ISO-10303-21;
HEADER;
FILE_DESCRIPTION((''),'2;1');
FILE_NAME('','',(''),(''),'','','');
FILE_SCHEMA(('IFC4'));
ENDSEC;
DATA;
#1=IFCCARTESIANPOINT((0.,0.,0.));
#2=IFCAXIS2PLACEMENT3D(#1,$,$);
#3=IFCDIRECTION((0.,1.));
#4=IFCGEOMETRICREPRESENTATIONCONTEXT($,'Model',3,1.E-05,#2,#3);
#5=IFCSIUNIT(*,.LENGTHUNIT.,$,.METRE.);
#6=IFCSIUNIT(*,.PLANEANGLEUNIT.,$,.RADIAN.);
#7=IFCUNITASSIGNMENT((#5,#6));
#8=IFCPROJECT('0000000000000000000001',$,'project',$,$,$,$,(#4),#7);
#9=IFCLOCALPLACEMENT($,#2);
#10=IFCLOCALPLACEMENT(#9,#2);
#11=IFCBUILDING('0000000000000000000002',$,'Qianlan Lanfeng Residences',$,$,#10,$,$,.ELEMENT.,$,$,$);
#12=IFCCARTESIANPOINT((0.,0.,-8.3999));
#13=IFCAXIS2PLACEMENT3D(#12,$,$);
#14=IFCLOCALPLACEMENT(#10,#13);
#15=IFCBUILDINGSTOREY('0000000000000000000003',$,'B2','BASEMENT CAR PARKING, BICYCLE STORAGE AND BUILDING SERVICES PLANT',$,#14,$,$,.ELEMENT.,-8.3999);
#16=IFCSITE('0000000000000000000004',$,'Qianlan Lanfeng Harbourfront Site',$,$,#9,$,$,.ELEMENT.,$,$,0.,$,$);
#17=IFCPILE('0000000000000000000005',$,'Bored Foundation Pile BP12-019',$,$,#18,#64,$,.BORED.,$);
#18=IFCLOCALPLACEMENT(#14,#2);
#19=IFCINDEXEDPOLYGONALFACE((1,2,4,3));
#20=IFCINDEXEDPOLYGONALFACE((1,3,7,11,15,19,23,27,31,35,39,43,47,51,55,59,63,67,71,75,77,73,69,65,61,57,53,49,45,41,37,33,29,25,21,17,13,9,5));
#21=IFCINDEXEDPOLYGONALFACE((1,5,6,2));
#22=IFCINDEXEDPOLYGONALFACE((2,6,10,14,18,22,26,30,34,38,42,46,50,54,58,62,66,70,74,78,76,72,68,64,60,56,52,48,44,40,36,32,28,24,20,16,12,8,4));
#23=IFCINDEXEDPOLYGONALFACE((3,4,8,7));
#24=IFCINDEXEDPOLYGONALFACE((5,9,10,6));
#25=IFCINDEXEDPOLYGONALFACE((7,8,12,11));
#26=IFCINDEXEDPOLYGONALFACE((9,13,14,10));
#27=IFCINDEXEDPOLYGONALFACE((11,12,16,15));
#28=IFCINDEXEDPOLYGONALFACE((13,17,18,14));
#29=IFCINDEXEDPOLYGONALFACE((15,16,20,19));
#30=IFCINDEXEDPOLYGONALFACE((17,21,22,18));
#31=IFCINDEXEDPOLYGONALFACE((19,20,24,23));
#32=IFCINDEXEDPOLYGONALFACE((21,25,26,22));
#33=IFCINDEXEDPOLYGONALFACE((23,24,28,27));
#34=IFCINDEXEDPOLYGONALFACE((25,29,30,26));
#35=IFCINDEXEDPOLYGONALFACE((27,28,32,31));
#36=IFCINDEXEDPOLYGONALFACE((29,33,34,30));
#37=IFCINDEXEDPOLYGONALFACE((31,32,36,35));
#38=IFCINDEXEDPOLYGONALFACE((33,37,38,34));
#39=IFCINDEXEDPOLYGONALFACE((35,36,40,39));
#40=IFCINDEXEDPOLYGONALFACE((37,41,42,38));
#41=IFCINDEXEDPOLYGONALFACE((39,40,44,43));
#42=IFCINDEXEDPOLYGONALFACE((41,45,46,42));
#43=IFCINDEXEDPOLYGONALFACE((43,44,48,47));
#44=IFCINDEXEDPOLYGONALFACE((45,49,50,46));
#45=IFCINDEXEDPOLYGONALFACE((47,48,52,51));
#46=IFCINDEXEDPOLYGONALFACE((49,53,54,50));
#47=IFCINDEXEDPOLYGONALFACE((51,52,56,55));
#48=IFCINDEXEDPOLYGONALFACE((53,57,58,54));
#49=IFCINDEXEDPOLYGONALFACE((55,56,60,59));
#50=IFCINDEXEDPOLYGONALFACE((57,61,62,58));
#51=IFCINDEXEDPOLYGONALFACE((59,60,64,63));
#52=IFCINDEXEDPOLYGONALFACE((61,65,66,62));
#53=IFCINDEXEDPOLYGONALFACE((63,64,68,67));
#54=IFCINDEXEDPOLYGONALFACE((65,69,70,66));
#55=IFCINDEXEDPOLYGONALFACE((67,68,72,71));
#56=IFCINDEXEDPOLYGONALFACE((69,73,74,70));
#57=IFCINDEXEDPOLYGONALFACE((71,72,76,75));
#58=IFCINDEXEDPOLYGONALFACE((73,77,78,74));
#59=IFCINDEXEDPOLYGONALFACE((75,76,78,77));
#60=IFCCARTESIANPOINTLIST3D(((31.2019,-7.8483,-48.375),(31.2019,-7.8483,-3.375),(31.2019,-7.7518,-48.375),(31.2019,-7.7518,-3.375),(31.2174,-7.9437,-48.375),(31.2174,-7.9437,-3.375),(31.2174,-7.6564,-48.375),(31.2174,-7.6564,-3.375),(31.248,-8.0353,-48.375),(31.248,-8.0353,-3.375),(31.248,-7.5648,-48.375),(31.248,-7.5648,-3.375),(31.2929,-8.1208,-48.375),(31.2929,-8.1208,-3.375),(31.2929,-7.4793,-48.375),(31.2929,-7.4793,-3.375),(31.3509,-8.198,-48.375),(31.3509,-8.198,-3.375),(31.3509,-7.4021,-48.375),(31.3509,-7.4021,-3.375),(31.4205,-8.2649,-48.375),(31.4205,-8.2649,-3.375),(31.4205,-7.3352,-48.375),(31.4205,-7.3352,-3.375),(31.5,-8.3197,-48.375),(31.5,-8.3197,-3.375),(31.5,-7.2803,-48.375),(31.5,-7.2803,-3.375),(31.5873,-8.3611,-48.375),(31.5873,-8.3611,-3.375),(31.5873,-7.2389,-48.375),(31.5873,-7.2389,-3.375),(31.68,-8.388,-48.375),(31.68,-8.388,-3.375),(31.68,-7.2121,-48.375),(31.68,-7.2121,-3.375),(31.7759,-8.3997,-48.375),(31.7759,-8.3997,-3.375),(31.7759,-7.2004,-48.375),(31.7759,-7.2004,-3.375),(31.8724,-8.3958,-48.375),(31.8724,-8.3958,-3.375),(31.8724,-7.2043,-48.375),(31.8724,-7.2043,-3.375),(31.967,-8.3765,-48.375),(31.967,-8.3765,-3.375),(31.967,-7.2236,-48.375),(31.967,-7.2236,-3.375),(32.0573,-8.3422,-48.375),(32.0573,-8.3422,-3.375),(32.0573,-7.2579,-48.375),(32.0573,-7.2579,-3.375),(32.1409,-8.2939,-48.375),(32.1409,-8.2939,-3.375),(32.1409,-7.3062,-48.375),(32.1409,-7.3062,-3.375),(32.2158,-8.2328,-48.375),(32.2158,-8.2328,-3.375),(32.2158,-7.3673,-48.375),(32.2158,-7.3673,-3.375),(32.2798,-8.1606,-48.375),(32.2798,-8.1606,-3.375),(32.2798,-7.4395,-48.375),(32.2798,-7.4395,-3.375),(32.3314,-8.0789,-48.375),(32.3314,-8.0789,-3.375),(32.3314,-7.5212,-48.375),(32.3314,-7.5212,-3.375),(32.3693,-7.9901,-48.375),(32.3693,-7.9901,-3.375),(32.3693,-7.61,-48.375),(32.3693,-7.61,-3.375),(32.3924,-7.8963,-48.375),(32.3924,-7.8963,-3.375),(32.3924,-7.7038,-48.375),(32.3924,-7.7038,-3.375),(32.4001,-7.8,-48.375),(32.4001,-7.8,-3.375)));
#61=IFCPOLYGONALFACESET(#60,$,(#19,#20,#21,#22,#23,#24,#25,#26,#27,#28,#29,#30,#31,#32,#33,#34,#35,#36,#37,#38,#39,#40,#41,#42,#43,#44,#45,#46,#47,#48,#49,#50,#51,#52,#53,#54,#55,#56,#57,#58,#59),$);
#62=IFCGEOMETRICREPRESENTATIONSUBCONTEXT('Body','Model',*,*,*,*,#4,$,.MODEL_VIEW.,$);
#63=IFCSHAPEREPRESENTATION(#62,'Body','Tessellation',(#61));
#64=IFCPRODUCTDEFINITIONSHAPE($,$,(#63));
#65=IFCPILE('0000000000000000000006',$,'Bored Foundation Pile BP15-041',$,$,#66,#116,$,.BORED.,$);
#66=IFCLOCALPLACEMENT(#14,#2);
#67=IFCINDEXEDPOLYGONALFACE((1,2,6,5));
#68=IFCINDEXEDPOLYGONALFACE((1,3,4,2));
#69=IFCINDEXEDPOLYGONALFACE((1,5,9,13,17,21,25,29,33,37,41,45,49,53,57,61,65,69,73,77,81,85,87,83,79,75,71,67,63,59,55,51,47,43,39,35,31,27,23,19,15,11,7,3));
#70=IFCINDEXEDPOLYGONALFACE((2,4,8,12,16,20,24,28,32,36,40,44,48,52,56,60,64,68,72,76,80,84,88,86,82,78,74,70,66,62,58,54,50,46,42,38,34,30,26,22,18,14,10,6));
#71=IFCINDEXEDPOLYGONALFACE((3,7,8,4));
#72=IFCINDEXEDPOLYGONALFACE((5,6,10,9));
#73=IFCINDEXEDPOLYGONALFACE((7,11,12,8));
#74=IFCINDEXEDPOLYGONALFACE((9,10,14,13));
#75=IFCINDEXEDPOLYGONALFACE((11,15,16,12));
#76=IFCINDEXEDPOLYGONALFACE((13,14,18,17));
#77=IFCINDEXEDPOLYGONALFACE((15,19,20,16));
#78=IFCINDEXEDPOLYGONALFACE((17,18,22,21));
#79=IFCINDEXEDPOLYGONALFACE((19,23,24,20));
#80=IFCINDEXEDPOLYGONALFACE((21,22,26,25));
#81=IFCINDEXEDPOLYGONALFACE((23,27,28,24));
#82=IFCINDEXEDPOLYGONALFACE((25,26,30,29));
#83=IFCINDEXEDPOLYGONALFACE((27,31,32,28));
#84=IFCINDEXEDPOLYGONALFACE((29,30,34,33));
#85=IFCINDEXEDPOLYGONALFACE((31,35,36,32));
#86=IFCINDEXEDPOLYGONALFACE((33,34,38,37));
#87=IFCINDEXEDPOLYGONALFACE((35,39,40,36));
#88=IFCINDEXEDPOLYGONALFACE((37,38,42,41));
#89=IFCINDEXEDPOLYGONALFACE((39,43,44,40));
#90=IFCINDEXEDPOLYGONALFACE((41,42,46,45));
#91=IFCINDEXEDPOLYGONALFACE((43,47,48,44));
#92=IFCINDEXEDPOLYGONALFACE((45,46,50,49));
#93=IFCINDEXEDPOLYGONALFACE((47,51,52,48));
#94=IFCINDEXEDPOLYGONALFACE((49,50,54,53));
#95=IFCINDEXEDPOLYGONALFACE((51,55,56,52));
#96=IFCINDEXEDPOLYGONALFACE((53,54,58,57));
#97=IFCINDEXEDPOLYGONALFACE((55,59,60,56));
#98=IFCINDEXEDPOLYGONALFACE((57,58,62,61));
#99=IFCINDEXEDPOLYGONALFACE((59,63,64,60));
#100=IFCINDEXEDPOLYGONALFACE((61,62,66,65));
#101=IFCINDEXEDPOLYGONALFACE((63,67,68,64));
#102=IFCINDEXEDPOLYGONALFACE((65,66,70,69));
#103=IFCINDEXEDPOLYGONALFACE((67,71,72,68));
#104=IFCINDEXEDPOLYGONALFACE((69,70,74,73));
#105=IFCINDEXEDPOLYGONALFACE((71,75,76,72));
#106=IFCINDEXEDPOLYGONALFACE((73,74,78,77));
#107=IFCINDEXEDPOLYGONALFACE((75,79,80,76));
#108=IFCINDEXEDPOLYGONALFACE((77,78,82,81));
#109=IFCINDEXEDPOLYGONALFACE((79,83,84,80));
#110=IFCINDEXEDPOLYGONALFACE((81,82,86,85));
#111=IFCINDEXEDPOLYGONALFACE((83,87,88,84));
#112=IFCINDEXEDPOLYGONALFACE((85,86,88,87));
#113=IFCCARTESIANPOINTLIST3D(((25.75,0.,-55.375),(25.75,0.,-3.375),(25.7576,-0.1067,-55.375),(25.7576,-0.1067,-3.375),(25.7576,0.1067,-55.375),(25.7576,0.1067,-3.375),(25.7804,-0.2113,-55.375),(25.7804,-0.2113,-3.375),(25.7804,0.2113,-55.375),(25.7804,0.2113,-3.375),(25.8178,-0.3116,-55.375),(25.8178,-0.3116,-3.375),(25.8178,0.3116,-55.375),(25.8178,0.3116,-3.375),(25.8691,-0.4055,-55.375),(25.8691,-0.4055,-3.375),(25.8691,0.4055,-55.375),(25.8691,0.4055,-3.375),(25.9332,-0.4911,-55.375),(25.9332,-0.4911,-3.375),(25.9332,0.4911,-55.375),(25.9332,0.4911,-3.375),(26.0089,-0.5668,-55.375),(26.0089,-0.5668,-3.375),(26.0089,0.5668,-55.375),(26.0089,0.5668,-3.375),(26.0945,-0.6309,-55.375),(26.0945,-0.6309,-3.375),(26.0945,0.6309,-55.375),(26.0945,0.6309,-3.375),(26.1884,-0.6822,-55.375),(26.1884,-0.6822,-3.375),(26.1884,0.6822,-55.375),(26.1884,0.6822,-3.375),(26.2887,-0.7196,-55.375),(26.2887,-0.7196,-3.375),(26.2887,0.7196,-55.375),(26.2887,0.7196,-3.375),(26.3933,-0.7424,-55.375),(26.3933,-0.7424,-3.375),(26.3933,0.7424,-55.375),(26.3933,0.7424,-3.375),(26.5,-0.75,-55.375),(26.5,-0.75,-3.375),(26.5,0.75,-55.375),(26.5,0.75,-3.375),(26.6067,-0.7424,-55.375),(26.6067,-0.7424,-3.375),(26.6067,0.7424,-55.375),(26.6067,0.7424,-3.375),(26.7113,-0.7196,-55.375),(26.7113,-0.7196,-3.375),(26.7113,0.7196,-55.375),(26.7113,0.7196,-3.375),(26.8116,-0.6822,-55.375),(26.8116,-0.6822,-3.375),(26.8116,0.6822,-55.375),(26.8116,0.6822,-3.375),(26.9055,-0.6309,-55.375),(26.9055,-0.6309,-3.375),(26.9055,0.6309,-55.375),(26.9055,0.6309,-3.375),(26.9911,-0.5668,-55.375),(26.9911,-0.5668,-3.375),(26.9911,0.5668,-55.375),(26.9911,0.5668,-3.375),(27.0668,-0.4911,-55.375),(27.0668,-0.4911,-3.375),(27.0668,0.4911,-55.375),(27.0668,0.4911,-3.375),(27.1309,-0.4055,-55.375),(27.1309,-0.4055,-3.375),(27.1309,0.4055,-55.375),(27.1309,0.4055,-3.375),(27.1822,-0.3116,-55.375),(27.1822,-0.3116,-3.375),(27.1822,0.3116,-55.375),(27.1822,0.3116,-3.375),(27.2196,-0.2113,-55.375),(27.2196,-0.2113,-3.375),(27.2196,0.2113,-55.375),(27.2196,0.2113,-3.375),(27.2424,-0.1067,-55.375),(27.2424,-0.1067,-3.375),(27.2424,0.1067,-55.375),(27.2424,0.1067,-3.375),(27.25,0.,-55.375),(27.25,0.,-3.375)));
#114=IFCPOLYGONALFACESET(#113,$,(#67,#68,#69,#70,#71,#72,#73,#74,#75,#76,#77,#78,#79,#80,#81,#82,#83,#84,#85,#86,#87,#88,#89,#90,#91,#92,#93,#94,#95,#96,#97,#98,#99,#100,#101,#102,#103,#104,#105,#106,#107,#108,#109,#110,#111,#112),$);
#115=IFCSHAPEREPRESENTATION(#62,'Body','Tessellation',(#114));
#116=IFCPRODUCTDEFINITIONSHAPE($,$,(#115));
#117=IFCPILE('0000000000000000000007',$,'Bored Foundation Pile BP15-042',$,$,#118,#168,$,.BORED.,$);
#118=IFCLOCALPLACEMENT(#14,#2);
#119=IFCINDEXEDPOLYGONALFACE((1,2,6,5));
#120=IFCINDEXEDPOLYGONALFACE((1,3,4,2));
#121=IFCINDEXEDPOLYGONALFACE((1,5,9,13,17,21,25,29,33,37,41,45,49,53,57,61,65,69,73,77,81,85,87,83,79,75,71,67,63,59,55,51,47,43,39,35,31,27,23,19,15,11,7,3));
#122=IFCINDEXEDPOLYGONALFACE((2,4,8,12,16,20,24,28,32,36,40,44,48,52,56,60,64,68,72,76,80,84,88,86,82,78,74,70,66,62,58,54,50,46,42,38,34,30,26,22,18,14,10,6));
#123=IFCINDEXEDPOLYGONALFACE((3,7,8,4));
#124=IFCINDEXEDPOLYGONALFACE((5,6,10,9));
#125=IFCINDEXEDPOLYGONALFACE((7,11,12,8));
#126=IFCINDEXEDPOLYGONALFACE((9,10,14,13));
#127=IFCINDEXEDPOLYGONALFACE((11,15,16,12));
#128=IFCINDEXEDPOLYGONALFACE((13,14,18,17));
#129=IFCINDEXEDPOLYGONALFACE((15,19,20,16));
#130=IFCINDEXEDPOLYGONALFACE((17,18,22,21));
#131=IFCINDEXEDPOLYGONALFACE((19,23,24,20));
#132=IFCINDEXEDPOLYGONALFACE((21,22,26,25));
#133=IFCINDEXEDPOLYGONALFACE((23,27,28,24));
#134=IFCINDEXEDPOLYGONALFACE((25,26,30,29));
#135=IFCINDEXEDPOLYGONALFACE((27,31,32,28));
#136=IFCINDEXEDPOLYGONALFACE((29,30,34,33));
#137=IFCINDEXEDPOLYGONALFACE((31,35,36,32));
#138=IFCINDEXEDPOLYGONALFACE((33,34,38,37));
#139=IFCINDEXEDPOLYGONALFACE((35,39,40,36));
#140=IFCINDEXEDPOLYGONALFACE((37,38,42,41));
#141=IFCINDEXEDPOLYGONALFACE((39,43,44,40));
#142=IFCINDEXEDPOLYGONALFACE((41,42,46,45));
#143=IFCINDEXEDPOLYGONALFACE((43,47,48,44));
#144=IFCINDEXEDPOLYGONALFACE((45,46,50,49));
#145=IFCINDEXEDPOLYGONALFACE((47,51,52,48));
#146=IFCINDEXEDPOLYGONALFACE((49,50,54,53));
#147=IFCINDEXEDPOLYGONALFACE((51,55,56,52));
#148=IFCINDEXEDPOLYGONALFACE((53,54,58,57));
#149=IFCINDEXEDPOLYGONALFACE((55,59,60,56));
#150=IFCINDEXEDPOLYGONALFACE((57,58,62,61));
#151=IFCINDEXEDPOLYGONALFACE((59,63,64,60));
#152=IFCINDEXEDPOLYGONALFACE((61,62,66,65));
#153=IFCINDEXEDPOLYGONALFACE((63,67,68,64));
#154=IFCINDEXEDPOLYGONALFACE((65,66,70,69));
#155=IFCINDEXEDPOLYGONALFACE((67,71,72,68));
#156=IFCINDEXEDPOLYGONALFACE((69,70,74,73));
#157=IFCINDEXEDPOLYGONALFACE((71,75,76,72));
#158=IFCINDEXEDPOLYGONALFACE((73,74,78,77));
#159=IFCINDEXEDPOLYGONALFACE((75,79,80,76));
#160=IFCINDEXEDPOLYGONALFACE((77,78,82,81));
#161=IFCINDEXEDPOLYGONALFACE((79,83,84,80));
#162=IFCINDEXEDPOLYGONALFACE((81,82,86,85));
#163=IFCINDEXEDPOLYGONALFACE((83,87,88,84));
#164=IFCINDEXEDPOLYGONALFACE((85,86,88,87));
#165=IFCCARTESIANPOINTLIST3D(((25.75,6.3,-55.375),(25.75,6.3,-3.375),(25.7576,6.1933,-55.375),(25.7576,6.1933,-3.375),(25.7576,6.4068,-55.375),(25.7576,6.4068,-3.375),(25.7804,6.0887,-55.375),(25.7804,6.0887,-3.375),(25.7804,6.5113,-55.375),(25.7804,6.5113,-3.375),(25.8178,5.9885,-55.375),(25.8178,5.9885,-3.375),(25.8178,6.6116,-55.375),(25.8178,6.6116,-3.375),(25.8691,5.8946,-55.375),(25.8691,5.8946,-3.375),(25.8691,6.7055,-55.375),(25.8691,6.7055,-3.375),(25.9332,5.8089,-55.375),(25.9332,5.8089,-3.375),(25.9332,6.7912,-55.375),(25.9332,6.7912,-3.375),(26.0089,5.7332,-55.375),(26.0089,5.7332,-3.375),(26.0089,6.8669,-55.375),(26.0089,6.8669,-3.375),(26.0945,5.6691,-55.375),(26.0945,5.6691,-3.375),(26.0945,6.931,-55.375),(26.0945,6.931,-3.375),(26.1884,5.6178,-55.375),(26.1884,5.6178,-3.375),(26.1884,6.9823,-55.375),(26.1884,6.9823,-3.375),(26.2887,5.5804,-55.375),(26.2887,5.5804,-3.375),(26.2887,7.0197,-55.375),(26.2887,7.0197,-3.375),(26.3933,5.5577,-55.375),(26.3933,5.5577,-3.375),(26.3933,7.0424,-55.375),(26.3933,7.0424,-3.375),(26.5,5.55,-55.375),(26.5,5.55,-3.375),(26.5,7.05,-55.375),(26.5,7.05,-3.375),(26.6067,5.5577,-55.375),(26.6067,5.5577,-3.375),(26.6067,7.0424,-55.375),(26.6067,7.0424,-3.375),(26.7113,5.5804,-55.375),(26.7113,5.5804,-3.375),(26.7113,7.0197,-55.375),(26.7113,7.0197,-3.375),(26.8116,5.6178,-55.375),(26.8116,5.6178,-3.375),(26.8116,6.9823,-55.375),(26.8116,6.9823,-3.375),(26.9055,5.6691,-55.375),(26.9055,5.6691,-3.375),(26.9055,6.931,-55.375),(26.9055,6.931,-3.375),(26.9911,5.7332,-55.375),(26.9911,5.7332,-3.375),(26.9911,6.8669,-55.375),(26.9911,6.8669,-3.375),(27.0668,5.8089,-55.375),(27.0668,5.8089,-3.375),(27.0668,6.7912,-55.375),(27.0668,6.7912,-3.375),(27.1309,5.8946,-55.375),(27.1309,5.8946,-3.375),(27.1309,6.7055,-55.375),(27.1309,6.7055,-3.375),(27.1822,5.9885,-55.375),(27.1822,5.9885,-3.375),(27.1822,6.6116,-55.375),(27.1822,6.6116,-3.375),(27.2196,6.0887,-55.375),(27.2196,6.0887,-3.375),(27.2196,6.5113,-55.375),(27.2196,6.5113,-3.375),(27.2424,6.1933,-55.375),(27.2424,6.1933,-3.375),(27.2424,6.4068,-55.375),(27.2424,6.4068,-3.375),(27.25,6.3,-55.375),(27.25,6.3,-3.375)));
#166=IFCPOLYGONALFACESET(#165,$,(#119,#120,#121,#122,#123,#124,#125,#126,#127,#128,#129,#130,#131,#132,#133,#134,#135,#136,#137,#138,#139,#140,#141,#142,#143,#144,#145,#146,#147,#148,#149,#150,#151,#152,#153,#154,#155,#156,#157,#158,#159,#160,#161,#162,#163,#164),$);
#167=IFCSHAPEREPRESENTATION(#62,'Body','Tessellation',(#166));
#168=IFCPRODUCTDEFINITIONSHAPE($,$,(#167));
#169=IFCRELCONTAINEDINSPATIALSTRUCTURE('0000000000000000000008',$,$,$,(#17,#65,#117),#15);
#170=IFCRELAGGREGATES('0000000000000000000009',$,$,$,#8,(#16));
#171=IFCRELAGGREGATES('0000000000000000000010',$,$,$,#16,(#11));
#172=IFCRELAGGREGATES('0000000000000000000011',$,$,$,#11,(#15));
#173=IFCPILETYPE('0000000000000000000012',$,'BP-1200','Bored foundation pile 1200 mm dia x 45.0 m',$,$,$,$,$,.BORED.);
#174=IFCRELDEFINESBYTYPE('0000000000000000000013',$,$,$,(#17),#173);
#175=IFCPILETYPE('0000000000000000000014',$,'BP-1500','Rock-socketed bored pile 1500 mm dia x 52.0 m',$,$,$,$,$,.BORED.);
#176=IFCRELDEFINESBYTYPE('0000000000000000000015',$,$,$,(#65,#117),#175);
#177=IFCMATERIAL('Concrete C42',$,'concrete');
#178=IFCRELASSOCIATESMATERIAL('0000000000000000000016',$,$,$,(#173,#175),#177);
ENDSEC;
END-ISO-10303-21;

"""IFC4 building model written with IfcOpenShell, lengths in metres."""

from ifc_helpers import new_model, si_unit, direction, frame, origin, origin_2d, place, context, subcontext, project, spatial, circle, extrude, material, material_profile, profile_set, type_object, element, save


model = new_model("IFC4")

# Units and contexts
model_context = context("Model", 3, precision=1e-05, world=origin(), true_north=direction((0.0, 1.0)))
body_context = subcontext(model_context, "Body", "Model", "MODEL_VIEW")
ifc_project = project(units=[si_unit("LENGTHUNIT", "METRE"), si_unit("PLANEANGLEUNIT", "RADIAN")], contexts=[model_context])

# Site, building, storey
site_placement = place(None, origin())
site = spatial("IfcSite", under=ifc_project, at=site_placement, Name="Qianlan Lanfeng Harbourfront Site", CompositionType="ELEMENT", RefElevation=0.0)
building_placement = place(site_placement, origin())
building = spatial("IfcBuilding", under=site, at=building_placement, Name="Qianlan Lanfeng Residences", CompositionType="ELEMENT")
storey_placement = place(building_placement, frame((0.0, 0.0, -8.3999)))
storey = spatial("IfcBuildingStorey", under=building, at=storey_placement, Name="B2", Description="BASEMENT CAR PARKING, BICYCLE STORAGE AND BUILDING SERVICES PLANT", CompositionType="ELEMENT", Elevation=-8.3999)

# Piles
ifc_material_1 = material(Name="Concrete C42", Category="concrete")
ifc_material_profile_1 = material_profile(ifc_material_1, circle(Radius=0.6001, at=origin_2d()), Name="PILE D1200")
ifc_profile_set_1 = profile_set([ifc_material_profile_1], Name="Concrete C42")
pile_type_1 = type_object("IfcPileType", Name="BP-1200", Description="Bored foundation pile 1200 mm dia x 45.0 m", PredefinedType="BORED", material=ifc_profile_set_1)
pile_placement = place(storey_placement, frame((31.8, -7.8, -3.375), z_axis=(0.0, 0.0, -1.0), x_axis=(1.0, 0.0, 0.0)))
element("IfcPile", 1, at=pile_placement, inside=storey, type_object=pile_type_1, Name="Bored Foundation Pile BP12-019", PredefinedType="BORED", context=body_context, shape_type="SweptSolid", body=[
    extrude(circle(Radius=0.6001, at=origin_2d()), origin(), (0.0, 0.0, 1.0), 45.0),
])
ifc_material_profile_2 = material_profile(ifc_material_1, circle(Radius=0.75, at=origin_2d()), Name="PILE D1500")
ifc_profile_set_2 = profile_set([ifc_material_profile_2], Name="Concrete C42")
pile_type_2 = type_object("IfcPileType", Name="BP-1500", Description="Rock-socketed bored pile 1500 mm dia x 52.0 m", PredefinedType="BORED", material=ifc_profile_set_2)
for number, where, z_axis, x_axis, name in (
    (2, (26.5, 0.0, -3.375), (0.0, 0.0, -1.0), (1.0, 0.0, 0.0), "Bored Foundation Pile BP15-041"),
    (3, (26.5, 6.3, -3.375), (0.0, 0.0, -1.0), (1.0, 0.0, 0.0), "Bored Foundation Pile BP15-042"),
):
    element("IfcPile", number, at=place(storey_placement, frame(where, z_axis=z_axis, x_axis=x_axis)), inside=storey, type_object=pile_type_2, Name=name, PredefinedType="BORED", context=body_context, shape_type="SweptSolid", body=[
        extrude(circle(Radius=0.75, at=origin_2d()), origin(), (0.0, 0.0, 1.0), 52.0),
    ])

save(model, "model.ifc")
